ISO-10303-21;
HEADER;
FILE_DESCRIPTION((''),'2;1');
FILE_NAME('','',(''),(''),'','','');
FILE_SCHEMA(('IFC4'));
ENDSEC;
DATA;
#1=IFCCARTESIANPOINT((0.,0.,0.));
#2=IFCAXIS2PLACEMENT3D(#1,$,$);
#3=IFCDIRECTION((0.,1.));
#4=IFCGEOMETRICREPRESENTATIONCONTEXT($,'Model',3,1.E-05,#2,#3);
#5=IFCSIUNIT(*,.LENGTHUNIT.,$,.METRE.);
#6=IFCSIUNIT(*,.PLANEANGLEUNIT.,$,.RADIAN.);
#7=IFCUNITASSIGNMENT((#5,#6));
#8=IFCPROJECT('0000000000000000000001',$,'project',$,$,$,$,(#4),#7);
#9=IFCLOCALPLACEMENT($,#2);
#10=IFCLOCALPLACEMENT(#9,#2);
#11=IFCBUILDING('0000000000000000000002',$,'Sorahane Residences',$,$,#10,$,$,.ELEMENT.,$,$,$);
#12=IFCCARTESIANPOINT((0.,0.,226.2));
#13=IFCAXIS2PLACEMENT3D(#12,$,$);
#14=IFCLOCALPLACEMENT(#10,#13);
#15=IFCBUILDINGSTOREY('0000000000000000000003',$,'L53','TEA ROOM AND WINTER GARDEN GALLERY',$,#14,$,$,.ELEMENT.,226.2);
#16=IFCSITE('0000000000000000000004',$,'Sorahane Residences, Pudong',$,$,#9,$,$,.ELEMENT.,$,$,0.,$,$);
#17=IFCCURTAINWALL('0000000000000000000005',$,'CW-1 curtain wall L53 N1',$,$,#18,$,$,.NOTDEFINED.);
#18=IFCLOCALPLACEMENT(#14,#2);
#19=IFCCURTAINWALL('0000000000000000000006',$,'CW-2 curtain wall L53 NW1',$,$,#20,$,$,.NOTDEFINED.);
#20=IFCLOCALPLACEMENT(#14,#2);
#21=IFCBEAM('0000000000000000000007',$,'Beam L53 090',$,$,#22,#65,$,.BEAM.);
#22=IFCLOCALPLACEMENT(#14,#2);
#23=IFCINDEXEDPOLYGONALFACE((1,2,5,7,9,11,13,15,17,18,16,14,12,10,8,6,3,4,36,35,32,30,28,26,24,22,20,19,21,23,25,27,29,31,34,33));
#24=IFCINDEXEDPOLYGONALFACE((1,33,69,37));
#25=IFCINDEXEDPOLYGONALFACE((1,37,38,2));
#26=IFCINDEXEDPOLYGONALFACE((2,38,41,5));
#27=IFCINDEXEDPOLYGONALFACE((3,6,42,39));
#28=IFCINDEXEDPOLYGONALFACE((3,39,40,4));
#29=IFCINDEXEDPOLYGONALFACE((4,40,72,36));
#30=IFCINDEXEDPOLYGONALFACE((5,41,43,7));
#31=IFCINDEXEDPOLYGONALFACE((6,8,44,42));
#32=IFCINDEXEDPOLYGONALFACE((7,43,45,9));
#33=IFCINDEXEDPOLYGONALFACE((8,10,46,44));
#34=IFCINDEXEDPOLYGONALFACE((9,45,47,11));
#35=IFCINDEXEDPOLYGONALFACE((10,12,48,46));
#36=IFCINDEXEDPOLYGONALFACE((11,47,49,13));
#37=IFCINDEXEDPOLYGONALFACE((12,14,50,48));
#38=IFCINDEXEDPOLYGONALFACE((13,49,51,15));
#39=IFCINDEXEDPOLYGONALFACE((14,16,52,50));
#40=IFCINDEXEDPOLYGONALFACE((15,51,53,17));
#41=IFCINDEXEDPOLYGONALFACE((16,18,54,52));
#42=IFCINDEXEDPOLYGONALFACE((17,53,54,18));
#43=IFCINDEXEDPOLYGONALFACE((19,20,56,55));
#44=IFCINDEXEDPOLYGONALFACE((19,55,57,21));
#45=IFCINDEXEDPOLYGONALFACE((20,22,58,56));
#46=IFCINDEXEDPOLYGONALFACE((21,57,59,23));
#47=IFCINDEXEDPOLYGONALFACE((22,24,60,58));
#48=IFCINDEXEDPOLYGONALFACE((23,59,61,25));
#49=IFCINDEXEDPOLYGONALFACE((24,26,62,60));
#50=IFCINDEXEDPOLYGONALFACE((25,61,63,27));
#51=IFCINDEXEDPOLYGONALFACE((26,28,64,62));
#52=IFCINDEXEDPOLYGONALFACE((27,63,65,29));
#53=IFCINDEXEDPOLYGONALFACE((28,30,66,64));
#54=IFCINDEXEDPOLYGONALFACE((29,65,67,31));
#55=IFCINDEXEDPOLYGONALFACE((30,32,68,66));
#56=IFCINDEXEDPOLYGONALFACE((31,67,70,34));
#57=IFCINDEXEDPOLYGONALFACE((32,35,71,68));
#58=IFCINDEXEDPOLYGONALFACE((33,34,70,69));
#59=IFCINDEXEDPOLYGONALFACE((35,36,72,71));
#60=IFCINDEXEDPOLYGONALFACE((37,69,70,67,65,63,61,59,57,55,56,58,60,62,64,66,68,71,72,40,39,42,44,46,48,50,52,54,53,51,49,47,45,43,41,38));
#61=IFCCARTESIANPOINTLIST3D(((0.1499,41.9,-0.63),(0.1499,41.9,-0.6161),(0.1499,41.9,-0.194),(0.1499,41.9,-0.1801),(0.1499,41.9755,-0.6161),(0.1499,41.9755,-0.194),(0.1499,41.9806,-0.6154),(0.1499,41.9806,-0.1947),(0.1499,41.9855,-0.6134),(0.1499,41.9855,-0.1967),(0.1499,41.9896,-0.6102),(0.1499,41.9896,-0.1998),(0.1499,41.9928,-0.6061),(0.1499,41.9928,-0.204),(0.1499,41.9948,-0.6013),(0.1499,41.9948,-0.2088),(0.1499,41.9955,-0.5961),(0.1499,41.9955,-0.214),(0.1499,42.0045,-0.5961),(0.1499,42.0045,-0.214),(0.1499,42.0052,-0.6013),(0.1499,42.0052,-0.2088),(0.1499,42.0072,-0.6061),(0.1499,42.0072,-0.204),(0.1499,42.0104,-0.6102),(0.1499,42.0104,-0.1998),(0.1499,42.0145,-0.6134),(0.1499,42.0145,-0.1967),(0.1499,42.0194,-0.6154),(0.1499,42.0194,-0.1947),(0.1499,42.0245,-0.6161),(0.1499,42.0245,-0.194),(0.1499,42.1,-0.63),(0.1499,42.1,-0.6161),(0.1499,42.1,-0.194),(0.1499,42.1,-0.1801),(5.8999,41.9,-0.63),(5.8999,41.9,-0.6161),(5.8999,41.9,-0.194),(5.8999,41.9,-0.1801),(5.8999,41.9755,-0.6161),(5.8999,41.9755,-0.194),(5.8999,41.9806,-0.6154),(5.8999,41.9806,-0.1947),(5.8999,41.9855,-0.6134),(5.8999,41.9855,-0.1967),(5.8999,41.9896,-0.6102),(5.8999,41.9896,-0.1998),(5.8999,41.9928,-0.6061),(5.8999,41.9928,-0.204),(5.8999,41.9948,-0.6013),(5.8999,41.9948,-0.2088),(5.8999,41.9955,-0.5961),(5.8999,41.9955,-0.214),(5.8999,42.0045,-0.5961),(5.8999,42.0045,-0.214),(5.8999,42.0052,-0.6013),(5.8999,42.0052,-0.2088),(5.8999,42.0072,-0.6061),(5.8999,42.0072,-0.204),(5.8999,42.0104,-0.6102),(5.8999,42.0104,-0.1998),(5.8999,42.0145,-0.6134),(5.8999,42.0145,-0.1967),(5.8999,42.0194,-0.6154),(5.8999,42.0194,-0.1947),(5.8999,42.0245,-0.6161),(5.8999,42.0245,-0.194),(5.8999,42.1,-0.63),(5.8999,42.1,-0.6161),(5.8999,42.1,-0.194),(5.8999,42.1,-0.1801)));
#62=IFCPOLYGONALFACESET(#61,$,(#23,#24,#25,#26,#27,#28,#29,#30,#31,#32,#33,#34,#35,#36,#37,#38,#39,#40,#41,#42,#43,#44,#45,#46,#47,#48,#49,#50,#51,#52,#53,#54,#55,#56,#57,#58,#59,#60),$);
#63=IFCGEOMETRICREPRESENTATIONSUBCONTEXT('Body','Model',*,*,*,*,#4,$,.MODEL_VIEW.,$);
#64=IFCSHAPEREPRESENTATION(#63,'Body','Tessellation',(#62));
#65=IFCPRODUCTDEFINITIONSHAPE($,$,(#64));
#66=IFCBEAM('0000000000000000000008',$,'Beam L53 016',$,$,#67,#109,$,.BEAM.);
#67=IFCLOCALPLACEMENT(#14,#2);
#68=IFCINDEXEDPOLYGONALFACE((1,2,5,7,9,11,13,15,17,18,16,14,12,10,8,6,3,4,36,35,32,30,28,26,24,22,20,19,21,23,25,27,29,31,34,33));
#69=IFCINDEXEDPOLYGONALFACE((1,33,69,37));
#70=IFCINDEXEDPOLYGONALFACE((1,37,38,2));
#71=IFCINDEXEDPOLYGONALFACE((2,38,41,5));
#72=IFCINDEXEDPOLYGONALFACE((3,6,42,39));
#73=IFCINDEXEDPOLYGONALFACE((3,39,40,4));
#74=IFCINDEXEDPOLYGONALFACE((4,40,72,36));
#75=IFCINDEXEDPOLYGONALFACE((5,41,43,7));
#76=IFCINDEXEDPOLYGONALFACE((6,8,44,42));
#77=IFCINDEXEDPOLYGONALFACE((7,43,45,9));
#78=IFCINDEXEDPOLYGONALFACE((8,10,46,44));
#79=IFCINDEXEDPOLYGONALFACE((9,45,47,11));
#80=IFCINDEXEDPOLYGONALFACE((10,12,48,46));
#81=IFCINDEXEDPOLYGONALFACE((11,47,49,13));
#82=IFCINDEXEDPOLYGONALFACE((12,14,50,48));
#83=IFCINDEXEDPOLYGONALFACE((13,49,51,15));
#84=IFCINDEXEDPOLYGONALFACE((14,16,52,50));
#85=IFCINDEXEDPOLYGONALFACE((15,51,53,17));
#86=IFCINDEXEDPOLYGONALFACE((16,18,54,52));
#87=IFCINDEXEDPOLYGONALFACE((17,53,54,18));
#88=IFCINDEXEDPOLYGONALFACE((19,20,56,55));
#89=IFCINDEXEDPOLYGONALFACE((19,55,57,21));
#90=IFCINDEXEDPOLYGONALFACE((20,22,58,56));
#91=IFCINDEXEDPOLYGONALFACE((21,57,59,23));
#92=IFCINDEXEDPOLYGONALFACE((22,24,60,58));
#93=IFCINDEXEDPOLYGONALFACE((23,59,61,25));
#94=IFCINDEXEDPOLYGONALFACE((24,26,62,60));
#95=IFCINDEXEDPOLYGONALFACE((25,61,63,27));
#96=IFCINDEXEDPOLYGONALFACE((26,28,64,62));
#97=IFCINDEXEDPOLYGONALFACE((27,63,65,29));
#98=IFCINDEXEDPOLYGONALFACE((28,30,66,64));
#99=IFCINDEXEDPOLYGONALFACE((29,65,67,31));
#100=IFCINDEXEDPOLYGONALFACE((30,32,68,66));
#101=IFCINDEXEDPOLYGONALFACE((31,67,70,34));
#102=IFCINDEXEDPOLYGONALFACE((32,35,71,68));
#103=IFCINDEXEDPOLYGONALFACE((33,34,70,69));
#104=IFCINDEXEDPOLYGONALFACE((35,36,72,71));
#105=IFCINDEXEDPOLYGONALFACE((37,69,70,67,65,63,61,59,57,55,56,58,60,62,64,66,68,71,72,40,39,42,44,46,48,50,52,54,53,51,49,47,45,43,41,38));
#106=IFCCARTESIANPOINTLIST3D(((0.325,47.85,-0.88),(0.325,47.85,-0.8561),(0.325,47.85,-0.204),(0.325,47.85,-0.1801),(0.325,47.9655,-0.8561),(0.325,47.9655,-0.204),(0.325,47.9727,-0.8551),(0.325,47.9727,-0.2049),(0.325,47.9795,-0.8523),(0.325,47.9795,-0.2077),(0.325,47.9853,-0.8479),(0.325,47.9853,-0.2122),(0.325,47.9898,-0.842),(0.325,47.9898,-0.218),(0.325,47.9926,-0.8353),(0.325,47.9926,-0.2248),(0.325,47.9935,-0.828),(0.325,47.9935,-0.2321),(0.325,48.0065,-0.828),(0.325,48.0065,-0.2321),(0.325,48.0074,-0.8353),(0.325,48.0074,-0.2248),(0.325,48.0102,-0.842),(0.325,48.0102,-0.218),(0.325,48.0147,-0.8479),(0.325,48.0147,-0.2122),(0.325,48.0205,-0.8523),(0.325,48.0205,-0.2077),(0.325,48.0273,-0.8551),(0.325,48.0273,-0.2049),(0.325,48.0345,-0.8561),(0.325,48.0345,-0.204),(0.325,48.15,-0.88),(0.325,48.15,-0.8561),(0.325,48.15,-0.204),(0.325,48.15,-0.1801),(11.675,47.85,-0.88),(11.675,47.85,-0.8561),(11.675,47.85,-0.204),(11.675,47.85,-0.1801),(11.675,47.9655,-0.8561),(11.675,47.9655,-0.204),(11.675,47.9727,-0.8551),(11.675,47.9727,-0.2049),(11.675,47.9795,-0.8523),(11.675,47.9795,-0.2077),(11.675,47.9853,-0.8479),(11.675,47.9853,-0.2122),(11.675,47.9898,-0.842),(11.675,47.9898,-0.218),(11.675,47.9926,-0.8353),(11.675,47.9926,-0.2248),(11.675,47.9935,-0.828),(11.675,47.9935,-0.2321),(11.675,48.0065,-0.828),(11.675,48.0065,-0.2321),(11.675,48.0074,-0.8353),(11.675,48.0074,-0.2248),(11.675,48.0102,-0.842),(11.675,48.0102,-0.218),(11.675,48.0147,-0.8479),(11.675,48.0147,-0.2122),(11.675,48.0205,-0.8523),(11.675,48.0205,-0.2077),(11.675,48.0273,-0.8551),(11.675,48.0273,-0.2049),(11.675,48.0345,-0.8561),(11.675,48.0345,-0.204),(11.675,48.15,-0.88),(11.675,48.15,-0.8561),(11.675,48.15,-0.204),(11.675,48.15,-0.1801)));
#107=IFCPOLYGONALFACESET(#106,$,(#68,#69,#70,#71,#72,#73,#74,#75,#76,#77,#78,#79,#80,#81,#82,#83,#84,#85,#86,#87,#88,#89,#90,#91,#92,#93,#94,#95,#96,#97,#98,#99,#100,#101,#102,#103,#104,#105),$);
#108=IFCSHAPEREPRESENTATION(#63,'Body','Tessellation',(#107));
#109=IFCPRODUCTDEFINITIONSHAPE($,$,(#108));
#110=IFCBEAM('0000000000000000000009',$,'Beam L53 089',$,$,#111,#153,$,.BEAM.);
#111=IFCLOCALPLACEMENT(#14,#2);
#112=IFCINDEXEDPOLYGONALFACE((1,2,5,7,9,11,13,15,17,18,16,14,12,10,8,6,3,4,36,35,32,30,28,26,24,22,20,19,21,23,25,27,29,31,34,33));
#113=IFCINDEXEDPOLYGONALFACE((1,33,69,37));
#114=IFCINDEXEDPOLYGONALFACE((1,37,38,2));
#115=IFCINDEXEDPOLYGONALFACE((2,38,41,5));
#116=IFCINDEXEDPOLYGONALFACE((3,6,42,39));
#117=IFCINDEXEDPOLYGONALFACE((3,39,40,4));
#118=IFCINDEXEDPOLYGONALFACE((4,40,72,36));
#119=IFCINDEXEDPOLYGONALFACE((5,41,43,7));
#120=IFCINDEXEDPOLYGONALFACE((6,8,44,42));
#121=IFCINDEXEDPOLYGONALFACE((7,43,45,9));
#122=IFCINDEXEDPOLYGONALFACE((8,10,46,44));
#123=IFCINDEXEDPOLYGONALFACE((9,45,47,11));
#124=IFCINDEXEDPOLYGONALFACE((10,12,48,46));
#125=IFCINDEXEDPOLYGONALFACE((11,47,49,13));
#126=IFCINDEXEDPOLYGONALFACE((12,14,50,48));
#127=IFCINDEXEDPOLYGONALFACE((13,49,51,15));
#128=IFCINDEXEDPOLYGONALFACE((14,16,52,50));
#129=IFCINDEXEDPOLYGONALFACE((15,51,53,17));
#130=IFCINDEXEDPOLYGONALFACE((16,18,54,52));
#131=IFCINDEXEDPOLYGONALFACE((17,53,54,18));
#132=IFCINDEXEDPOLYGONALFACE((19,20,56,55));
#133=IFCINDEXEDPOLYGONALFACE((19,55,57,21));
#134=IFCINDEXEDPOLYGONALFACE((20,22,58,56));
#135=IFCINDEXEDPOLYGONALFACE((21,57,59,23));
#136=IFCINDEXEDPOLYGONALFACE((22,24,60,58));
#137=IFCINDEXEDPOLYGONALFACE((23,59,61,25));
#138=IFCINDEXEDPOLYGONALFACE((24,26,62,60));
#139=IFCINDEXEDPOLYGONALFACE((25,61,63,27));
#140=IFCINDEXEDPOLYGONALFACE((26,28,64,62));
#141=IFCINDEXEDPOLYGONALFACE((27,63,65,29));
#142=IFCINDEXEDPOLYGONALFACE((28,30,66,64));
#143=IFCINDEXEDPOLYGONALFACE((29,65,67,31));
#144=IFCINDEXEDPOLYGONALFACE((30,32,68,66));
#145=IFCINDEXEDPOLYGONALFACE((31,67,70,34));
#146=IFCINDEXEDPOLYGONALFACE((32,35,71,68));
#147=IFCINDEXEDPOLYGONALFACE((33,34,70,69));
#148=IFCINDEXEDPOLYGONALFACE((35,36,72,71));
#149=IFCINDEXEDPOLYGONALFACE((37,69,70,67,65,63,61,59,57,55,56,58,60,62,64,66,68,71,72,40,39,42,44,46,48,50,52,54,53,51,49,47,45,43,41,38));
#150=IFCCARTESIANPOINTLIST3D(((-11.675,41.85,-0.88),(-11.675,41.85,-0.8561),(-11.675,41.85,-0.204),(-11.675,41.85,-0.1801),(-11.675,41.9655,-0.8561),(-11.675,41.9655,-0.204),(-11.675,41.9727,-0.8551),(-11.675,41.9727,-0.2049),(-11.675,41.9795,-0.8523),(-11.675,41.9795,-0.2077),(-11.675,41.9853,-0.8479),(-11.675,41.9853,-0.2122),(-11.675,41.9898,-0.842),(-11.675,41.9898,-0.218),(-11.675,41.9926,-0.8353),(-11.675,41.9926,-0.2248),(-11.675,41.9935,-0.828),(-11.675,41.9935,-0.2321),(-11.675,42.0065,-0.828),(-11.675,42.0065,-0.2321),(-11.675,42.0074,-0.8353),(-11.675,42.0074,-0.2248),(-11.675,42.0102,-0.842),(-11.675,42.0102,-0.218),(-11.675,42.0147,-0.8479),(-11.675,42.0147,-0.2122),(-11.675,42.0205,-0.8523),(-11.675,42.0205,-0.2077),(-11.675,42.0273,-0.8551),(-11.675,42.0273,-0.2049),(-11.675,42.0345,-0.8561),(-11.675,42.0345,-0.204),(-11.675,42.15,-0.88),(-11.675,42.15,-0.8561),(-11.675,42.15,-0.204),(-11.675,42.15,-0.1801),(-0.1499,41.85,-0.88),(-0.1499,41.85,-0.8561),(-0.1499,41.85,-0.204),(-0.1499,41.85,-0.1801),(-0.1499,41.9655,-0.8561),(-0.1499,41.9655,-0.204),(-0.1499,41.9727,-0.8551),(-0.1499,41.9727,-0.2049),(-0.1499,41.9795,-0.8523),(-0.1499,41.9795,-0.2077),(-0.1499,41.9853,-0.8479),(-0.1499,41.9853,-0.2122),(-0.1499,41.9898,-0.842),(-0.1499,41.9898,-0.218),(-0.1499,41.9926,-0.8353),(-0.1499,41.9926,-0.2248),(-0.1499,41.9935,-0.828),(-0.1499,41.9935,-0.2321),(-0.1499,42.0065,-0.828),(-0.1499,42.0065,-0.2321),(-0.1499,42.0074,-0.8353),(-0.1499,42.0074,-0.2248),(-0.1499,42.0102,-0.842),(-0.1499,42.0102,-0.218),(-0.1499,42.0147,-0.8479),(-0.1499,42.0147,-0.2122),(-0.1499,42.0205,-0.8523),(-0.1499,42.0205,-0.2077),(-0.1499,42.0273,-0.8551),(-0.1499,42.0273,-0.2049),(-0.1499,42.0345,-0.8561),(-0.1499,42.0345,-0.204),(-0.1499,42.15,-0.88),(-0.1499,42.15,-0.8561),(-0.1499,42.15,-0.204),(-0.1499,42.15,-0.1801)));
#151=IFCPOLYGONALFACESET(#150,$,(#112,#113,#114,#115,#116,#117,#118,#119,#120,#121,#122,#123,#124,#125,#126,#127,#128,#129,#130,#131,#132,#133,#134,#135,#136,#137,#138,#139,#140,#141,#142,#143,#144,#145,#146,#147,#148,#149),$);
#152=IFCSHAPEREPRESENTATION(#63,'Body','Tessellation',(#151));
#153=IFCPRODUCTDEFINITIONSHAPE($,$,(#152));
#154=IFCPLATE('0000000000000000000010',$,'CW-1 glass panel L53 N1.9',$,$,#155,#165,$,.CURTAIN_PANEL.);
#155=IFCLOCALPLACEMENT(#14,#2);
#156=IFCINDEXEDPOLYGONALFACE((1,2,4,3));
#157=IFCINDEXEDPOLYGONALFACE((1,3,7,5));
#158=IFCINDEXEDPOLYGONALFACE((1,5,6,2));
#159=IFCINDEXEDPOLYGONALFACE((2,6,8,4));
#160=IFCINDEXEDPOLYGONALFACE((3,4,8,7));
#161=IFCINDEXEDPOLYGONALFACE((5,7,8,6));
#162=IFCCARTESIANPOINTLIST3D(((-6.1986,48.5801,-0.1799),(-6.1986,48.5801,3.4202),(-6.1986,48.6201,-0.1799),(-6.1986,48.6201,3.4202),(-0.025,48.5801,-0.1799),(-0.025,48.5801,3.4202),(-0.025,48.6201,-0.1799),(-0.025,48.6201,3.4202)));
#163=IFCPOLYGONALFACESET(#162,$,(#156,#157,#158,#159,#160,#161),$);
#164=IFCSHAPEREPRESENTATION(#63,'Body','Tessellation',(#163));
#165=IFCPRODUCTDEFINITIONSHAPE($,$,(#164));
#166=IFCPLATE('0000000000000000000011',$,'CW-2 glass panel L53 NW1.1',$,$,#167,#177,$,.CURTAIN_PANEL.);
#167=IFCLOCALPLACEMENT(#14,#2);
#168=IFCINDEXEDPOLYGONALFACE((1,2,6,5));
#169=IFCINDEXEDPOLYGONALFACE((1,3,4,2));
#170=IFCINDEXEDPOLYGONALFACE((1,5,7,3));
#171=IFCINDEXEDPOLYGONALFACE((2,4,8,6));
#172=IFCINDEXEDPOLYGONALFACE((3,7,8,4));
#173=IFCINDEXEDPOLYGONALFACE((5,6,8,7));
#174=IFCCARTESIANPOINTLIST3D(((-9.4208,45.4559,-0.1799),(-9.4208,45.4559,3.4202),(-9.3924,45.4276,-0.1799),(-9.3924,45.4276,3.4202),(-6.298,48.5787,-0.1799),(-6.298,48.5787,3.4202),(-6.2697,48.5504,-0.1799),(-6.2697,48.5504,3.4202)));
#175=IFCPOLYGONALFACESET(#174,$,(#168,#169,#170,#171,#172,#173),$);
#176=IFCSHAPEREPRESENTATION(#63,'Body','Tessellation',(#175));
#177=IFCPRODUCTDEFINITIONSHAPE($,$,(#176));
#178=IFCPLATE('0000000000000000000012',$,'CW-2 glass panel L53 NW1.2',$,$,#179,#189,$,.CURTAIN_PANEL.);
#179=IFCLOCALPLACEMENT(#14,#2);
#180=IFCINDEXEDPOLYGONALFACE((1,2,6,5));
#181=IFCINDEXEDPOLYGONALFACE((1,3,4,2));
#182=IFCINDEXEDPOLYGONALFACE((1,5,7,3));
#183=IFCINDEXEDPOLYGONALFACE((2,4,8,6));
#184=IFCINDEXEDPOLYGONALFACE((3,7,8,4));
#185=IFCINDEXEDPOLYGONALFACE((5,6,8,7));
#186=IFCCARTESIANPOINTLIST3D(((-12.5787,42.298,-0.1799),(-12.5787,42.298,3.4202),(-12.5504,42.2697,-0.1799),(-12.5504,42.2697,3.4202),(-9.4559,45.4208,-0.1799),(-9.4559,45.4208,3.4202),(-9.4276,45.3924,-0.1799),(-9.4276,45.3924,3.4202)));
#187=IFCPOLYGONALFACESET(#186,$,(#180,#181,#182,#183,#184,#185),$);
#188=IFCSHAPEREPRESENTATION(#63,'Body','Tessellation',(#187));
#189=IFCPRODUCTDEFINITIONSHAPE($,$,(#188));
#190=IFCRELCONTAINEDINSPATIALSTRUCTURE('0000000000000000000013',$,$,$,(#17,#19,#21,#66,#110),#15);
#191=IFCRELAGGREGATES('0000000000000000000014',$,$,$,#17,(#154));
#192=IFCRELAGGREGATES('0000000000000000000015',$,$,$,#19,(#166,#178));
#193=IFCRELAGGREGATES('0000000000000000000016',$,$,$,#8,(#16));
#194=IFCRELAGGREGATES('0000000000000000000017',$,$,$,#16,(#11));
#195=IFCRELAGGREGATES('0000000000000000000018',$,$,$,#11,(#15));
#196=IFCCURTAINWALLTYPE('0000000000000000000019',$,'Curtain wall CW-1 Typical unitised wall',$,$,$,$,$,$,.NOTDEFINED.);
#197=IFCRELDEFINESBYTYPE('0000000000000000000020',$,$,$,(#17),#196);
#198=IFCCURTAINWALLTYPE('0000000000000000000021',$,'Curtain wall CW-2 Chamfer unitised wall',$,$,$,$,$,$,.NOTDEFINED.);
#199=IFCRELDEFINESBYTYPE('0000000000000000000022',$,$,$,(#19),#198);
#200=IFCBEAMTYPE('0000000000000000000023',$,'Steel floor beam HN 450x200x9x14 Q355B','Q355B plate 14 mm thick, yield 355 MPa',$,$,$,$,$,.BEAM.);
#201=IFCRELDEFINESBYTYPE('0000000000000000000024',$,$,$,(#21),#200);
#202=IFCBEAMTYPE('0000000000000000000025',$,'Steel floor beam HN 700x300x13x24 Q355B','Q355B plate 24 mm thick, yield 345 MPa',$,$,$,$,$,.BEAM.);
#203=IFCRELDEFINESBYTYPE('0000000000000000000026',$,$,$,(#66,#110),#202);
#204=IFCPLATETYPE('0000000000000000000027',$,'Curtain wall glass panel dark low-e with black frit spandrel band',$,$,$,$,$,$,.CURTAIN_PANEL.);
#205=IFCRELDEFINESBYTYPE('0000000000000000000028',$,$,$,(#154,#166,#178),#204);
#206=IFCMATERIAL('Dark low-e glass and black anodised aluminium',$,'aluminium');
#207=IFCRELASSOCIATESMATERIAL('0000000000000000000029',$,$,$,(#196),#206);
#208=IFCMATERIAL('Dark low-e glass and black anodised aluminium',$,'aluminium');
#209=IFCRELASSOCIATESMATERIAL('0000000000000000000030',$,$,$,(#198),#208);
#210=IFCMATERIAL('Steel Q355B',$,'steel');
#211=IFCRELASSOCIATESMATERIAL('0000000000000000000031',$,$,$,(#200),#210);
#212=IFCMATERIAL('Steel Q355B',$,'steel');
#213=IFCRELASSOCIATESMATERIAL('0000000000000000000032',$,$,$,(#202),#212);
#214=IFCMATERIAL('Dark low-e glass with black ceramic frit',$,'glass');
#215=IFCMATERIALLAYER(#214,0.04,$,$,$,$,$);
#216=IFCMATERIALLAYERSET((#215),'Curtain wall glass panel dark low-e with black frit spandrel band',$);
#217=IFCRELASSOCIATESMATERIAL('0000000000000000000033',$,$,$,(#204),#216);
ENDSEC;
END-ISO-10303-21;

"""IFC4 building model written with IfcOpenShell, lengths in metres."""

from ifc_helpers import new_model, si_unit, direction, frame, origin, origin_2d, place, context, subcontext, project, spatial, rectangle, i_section, extrude, material, layer, layer_set, material_profile, profile_set, type_object, element, aggregate, save


model = new_model("IFC4")

# Units and contexts
model_context = context("Model", 3, precision=1e-05, world=origin(), true_north=direction((0.0, 1.0)))
body_context = subcontext(model_context, "Body", "Model", "MODEL_VIEW")
ifc_project = project(units=[si_unit("LENGTHUNIT", "METRE"), si_unit("PLANEANGLEUNIT", "RADIAN")], contexts=[model_context])

# Site, building, storey
site_placement = place(None, origin())
site = spatial("IfcSite", under=ifc_project, at=site_placement, Name="Sorahane Residences, Pudong", CompositionType="ELEMENT", RefElevation=0.0)
building_placement = place(site_placement, origin())
building = spatial("IfcBuilding", under=site, at=building_placement, Name="Sorahane Residences", CompositionType="ELEMENT")
storey_placement = place(building_placement, frame((0.0, 0.0, 226.2)))
storey = spatial("IfcBuildingStorey", under=building, at=storey_placement, Name="L53", Description="TEA ROOM AND WINTER GARDEN GALLERY", CompositionType="ELEMENT", Elevation=226.2)

# Curtain walls
ifc_material_1 = material(Name="Dark low-e glass and black anodised aluminium", Category="aluminium")
curtain_wall_type_1 = type_object("IfcCurtainWallType", Name="Curtain wall CW-1 Typical unitised wall", PredefinedType="NOTDEFINED", material=ifc_material_1)
curtain_wall_1_placement = place(storey_placement, origin())
curtain_wall_1 = element("IfcCurtainWall", 1, at=curtain_wall_1_placement, inside=storey, type_object=curtain_wall_type_1, Name="CW-1 curtain wall L53 N1", PredefinedType="NOTDEFINED")
ifc_material_2 = material(Name="Dark low-e glass and black anodised aluminium", Category="aluminium")
curtain_wall_type_2 = type_object("IfcCurtainWallType", Name="Curtain wall CW-2 Chamfer unitised wall", PredefinedType="NOTDEFINED", material=ifc_material_2)
curtain_wall_2_placement = place(storey_placement, origin())
curtain_wall_2 = element("IfcCurtainWall", 2, at=curtain_wall_2_placement, inside=storey, type_object=curtain_wall_type_2, Name="CW-2 curtain wall L53 NW1", PredefinedType="NOTDEFINED")

# Beams
ifc_material_3 = material(Name="Steel Q355B", Category="steel")
ifc_material_profile_1 = material_profile(ifc_material_3, i_section(OverallWidth=0.2, OverallDepth=0.45, WebThickness=0.009, FlangeThickness=0.0139, FilletRadius=0.02, at=origin_2d()), Name="HN 450x200x9x14")
ifc_profile_set_1 = profile_set([ifc_material_profile_1], Name="Steel Q355B")
beam_type_1 = type_object("IfcBeamType", Name="Steel floor beam HN 450x200x9x14 Q355B", Description="Q355B plate 14 mm thick, yield 355 MPa", PredefinedType="BEAM", material=ifc_profile_set_1)
beam_1_placement = place(storey_placement, frame((0.1499, 42.0, -0.405), z_axis=(1.0, 0.0, 0.0), x_axis=(0.0, 1.0, 0.0)))
element("IfcBeam", 3, at=beam_1_placement, inside=storey, type_object=beam_type_1, Name="Beam L53 090", PredefinedType="BEAM", context=body_context, shape_type="SweptSolid", body=[
    extrude(i_section(OverallWidth=0.2, OverallDepth=0.45, WebThickness=0.009, FlangeThickness=0.0139, FilletRadius=0.02, at=origin_2d()), origin(), (0.0, 0.0, 1.0), 5.75),
])
ifc_material_4 = material(Name="Steel Q355B", Category="steel")
ifc_material_profile_2 = material_profile(ifc_material_4, i_section(OverallWidth=0.3, OverallDepth=0.7, WebThickness=0.0129, FlangeThickness=0.0239, FilletRadius=0.0281, at=origin_2d()), Name="HN 700x300x13x24")
ifc_profile_set_2 = profile_set([ifc_material_profile_2], Name="Steel Q355B")
beam_type_2 = type_object("IfcBeamType", Name="Steel floor beam HN 700x300x13x24 Q355B", Description="Q355B plate 24 mm thick, yield 345 MPa", PredefinedType="BEAM", material=ifc_profile_set_2)
beam_2_placement = place(storey_placement, frame((0.325, 48.0, -0.53), z_axis=(1.0, 0.0, 0.0), x_axis=(0.0, 1.0, 0.0)))
element("IfcBeam", 4, at=beam_2_placement, inside=storey, type_object=beam_type_2, Name="Beam L53 016", PredefinedType="BEAM", context=body_context, shape_type="SweptSolid", body=[
    extrude(i_section(OverallWidth=0.3, OverallDepth=0.7, WebThickness=0.0129, FlangeThickness=0.0239, FilletRadius=0.0281, at=origin_2d()), origin(), (0.0, 0.0, 1.0), 11.3501),
])
beam_3_placement = place(storey_placement, frame((-11.675, 42.0, -0.53), z_axis=(1.0, 0.0, 0.0), x_axis=(0.0, 1.0, 0.0)))
element("IfcBeam", 5, at=beam_3_placement, inside=storey, type_object=beam_type_2, Name="Beam L53 089", PredefinedType="BEAM", context=body_context, shape_type="SweptSolid", body=[
    extrude(i_section(OverallWidth=0.3, OverallDepth=0.7, WebThickness=0.0129, FlangeThickness=0.0239, FilletRadius=0.0281, at=origin_2d()), origin(), (0.0, 0.0, 1.0), 11.5251),
])

# Plates
ifc_material_5 = material(Name="Dark low-e glass with black ceramic frit", Category="glass")
ifc_layer_1 = layer(ifc_material_5, 0.04)
ifc_layer_set_1 = layer_set([ifc_layer_1], Name="Curtain wall glass panel dark low-e with black frit spandrel band")
plate_type = type_object("IfcPlateType", Name="Curtain wall glass panel dark low-e with black frit spandrel band", PredefinedType="CURTAIN_PANEL", material=ifc_layer_set_1)
plate_1_placement = place(storey_placement, frame((-3.1118, 48.6001, -0.1799), z_axis=(0.0, 0.0, 1.0), x_axis=(-1.0, 0.0, 0.0)))
plate_1 = element("IfcPlate", 6, at=plate_1_placement, type_object=plate_type, Name="CW-1 glass panel L53 N1.9", PredefinedType="CURTAIN_PANEL", context=body_context, shape_type="SweptSolid", body=[
    extrude(rectangle(XDim=6.1736, YDim=0.04, at=origin_2d()), origin(), (0.0, 0.0, 1.0), 3.6001),
])
aggregate(curtain_wall_1, [plate_1])
plate_2_placement = place(storey_placement, frame((-7.8452, 47.0032, -0.1799), z_axis=(0.0, 0.0, 1.0), x_axis=(-0.707107, -0.707107, 0.0)))
plate_2 = element("IfcPlate", 7, at=plate_2_placement, type_object=plate_type, Name="CW-2 glass panel L53 NW1.1", PredefinedType="CURTAIN_PANEL", context=body_context, shape_type="SweptSolid", body=[
    extrude(rectangle(XDim=4.4163, YDim=0.04, at=origin_2d()), origin(), (0.0, 0.0, 1.0), 3.6001),
])
plate_3_placement = place(storey_placement, frame((-11.0032, 43.8452, -0.1799), z_axis=(0.0, 0.0, 1.0), x_axis=(-0.707107, -0.707107, 0.0)))
plate_3 = element("IfcPlate", 8, at=plate_3_placement, type_object=plate_type, Name="CW-2 glass panel L53 NW1.2", PredefinedType="CURTAIN_PANEL", context=body_context, shape_type="SweptSolid", body=[
    extrude(rectangle(XDim=4.4163, YDim=0.04, at=origin_2d()), origin(), (0.0, 0.0, 1.0), 3.6001),
])
aggregate(curtain_wall_2, [plate_2, plate_3])

save(model, "model.ifc")
